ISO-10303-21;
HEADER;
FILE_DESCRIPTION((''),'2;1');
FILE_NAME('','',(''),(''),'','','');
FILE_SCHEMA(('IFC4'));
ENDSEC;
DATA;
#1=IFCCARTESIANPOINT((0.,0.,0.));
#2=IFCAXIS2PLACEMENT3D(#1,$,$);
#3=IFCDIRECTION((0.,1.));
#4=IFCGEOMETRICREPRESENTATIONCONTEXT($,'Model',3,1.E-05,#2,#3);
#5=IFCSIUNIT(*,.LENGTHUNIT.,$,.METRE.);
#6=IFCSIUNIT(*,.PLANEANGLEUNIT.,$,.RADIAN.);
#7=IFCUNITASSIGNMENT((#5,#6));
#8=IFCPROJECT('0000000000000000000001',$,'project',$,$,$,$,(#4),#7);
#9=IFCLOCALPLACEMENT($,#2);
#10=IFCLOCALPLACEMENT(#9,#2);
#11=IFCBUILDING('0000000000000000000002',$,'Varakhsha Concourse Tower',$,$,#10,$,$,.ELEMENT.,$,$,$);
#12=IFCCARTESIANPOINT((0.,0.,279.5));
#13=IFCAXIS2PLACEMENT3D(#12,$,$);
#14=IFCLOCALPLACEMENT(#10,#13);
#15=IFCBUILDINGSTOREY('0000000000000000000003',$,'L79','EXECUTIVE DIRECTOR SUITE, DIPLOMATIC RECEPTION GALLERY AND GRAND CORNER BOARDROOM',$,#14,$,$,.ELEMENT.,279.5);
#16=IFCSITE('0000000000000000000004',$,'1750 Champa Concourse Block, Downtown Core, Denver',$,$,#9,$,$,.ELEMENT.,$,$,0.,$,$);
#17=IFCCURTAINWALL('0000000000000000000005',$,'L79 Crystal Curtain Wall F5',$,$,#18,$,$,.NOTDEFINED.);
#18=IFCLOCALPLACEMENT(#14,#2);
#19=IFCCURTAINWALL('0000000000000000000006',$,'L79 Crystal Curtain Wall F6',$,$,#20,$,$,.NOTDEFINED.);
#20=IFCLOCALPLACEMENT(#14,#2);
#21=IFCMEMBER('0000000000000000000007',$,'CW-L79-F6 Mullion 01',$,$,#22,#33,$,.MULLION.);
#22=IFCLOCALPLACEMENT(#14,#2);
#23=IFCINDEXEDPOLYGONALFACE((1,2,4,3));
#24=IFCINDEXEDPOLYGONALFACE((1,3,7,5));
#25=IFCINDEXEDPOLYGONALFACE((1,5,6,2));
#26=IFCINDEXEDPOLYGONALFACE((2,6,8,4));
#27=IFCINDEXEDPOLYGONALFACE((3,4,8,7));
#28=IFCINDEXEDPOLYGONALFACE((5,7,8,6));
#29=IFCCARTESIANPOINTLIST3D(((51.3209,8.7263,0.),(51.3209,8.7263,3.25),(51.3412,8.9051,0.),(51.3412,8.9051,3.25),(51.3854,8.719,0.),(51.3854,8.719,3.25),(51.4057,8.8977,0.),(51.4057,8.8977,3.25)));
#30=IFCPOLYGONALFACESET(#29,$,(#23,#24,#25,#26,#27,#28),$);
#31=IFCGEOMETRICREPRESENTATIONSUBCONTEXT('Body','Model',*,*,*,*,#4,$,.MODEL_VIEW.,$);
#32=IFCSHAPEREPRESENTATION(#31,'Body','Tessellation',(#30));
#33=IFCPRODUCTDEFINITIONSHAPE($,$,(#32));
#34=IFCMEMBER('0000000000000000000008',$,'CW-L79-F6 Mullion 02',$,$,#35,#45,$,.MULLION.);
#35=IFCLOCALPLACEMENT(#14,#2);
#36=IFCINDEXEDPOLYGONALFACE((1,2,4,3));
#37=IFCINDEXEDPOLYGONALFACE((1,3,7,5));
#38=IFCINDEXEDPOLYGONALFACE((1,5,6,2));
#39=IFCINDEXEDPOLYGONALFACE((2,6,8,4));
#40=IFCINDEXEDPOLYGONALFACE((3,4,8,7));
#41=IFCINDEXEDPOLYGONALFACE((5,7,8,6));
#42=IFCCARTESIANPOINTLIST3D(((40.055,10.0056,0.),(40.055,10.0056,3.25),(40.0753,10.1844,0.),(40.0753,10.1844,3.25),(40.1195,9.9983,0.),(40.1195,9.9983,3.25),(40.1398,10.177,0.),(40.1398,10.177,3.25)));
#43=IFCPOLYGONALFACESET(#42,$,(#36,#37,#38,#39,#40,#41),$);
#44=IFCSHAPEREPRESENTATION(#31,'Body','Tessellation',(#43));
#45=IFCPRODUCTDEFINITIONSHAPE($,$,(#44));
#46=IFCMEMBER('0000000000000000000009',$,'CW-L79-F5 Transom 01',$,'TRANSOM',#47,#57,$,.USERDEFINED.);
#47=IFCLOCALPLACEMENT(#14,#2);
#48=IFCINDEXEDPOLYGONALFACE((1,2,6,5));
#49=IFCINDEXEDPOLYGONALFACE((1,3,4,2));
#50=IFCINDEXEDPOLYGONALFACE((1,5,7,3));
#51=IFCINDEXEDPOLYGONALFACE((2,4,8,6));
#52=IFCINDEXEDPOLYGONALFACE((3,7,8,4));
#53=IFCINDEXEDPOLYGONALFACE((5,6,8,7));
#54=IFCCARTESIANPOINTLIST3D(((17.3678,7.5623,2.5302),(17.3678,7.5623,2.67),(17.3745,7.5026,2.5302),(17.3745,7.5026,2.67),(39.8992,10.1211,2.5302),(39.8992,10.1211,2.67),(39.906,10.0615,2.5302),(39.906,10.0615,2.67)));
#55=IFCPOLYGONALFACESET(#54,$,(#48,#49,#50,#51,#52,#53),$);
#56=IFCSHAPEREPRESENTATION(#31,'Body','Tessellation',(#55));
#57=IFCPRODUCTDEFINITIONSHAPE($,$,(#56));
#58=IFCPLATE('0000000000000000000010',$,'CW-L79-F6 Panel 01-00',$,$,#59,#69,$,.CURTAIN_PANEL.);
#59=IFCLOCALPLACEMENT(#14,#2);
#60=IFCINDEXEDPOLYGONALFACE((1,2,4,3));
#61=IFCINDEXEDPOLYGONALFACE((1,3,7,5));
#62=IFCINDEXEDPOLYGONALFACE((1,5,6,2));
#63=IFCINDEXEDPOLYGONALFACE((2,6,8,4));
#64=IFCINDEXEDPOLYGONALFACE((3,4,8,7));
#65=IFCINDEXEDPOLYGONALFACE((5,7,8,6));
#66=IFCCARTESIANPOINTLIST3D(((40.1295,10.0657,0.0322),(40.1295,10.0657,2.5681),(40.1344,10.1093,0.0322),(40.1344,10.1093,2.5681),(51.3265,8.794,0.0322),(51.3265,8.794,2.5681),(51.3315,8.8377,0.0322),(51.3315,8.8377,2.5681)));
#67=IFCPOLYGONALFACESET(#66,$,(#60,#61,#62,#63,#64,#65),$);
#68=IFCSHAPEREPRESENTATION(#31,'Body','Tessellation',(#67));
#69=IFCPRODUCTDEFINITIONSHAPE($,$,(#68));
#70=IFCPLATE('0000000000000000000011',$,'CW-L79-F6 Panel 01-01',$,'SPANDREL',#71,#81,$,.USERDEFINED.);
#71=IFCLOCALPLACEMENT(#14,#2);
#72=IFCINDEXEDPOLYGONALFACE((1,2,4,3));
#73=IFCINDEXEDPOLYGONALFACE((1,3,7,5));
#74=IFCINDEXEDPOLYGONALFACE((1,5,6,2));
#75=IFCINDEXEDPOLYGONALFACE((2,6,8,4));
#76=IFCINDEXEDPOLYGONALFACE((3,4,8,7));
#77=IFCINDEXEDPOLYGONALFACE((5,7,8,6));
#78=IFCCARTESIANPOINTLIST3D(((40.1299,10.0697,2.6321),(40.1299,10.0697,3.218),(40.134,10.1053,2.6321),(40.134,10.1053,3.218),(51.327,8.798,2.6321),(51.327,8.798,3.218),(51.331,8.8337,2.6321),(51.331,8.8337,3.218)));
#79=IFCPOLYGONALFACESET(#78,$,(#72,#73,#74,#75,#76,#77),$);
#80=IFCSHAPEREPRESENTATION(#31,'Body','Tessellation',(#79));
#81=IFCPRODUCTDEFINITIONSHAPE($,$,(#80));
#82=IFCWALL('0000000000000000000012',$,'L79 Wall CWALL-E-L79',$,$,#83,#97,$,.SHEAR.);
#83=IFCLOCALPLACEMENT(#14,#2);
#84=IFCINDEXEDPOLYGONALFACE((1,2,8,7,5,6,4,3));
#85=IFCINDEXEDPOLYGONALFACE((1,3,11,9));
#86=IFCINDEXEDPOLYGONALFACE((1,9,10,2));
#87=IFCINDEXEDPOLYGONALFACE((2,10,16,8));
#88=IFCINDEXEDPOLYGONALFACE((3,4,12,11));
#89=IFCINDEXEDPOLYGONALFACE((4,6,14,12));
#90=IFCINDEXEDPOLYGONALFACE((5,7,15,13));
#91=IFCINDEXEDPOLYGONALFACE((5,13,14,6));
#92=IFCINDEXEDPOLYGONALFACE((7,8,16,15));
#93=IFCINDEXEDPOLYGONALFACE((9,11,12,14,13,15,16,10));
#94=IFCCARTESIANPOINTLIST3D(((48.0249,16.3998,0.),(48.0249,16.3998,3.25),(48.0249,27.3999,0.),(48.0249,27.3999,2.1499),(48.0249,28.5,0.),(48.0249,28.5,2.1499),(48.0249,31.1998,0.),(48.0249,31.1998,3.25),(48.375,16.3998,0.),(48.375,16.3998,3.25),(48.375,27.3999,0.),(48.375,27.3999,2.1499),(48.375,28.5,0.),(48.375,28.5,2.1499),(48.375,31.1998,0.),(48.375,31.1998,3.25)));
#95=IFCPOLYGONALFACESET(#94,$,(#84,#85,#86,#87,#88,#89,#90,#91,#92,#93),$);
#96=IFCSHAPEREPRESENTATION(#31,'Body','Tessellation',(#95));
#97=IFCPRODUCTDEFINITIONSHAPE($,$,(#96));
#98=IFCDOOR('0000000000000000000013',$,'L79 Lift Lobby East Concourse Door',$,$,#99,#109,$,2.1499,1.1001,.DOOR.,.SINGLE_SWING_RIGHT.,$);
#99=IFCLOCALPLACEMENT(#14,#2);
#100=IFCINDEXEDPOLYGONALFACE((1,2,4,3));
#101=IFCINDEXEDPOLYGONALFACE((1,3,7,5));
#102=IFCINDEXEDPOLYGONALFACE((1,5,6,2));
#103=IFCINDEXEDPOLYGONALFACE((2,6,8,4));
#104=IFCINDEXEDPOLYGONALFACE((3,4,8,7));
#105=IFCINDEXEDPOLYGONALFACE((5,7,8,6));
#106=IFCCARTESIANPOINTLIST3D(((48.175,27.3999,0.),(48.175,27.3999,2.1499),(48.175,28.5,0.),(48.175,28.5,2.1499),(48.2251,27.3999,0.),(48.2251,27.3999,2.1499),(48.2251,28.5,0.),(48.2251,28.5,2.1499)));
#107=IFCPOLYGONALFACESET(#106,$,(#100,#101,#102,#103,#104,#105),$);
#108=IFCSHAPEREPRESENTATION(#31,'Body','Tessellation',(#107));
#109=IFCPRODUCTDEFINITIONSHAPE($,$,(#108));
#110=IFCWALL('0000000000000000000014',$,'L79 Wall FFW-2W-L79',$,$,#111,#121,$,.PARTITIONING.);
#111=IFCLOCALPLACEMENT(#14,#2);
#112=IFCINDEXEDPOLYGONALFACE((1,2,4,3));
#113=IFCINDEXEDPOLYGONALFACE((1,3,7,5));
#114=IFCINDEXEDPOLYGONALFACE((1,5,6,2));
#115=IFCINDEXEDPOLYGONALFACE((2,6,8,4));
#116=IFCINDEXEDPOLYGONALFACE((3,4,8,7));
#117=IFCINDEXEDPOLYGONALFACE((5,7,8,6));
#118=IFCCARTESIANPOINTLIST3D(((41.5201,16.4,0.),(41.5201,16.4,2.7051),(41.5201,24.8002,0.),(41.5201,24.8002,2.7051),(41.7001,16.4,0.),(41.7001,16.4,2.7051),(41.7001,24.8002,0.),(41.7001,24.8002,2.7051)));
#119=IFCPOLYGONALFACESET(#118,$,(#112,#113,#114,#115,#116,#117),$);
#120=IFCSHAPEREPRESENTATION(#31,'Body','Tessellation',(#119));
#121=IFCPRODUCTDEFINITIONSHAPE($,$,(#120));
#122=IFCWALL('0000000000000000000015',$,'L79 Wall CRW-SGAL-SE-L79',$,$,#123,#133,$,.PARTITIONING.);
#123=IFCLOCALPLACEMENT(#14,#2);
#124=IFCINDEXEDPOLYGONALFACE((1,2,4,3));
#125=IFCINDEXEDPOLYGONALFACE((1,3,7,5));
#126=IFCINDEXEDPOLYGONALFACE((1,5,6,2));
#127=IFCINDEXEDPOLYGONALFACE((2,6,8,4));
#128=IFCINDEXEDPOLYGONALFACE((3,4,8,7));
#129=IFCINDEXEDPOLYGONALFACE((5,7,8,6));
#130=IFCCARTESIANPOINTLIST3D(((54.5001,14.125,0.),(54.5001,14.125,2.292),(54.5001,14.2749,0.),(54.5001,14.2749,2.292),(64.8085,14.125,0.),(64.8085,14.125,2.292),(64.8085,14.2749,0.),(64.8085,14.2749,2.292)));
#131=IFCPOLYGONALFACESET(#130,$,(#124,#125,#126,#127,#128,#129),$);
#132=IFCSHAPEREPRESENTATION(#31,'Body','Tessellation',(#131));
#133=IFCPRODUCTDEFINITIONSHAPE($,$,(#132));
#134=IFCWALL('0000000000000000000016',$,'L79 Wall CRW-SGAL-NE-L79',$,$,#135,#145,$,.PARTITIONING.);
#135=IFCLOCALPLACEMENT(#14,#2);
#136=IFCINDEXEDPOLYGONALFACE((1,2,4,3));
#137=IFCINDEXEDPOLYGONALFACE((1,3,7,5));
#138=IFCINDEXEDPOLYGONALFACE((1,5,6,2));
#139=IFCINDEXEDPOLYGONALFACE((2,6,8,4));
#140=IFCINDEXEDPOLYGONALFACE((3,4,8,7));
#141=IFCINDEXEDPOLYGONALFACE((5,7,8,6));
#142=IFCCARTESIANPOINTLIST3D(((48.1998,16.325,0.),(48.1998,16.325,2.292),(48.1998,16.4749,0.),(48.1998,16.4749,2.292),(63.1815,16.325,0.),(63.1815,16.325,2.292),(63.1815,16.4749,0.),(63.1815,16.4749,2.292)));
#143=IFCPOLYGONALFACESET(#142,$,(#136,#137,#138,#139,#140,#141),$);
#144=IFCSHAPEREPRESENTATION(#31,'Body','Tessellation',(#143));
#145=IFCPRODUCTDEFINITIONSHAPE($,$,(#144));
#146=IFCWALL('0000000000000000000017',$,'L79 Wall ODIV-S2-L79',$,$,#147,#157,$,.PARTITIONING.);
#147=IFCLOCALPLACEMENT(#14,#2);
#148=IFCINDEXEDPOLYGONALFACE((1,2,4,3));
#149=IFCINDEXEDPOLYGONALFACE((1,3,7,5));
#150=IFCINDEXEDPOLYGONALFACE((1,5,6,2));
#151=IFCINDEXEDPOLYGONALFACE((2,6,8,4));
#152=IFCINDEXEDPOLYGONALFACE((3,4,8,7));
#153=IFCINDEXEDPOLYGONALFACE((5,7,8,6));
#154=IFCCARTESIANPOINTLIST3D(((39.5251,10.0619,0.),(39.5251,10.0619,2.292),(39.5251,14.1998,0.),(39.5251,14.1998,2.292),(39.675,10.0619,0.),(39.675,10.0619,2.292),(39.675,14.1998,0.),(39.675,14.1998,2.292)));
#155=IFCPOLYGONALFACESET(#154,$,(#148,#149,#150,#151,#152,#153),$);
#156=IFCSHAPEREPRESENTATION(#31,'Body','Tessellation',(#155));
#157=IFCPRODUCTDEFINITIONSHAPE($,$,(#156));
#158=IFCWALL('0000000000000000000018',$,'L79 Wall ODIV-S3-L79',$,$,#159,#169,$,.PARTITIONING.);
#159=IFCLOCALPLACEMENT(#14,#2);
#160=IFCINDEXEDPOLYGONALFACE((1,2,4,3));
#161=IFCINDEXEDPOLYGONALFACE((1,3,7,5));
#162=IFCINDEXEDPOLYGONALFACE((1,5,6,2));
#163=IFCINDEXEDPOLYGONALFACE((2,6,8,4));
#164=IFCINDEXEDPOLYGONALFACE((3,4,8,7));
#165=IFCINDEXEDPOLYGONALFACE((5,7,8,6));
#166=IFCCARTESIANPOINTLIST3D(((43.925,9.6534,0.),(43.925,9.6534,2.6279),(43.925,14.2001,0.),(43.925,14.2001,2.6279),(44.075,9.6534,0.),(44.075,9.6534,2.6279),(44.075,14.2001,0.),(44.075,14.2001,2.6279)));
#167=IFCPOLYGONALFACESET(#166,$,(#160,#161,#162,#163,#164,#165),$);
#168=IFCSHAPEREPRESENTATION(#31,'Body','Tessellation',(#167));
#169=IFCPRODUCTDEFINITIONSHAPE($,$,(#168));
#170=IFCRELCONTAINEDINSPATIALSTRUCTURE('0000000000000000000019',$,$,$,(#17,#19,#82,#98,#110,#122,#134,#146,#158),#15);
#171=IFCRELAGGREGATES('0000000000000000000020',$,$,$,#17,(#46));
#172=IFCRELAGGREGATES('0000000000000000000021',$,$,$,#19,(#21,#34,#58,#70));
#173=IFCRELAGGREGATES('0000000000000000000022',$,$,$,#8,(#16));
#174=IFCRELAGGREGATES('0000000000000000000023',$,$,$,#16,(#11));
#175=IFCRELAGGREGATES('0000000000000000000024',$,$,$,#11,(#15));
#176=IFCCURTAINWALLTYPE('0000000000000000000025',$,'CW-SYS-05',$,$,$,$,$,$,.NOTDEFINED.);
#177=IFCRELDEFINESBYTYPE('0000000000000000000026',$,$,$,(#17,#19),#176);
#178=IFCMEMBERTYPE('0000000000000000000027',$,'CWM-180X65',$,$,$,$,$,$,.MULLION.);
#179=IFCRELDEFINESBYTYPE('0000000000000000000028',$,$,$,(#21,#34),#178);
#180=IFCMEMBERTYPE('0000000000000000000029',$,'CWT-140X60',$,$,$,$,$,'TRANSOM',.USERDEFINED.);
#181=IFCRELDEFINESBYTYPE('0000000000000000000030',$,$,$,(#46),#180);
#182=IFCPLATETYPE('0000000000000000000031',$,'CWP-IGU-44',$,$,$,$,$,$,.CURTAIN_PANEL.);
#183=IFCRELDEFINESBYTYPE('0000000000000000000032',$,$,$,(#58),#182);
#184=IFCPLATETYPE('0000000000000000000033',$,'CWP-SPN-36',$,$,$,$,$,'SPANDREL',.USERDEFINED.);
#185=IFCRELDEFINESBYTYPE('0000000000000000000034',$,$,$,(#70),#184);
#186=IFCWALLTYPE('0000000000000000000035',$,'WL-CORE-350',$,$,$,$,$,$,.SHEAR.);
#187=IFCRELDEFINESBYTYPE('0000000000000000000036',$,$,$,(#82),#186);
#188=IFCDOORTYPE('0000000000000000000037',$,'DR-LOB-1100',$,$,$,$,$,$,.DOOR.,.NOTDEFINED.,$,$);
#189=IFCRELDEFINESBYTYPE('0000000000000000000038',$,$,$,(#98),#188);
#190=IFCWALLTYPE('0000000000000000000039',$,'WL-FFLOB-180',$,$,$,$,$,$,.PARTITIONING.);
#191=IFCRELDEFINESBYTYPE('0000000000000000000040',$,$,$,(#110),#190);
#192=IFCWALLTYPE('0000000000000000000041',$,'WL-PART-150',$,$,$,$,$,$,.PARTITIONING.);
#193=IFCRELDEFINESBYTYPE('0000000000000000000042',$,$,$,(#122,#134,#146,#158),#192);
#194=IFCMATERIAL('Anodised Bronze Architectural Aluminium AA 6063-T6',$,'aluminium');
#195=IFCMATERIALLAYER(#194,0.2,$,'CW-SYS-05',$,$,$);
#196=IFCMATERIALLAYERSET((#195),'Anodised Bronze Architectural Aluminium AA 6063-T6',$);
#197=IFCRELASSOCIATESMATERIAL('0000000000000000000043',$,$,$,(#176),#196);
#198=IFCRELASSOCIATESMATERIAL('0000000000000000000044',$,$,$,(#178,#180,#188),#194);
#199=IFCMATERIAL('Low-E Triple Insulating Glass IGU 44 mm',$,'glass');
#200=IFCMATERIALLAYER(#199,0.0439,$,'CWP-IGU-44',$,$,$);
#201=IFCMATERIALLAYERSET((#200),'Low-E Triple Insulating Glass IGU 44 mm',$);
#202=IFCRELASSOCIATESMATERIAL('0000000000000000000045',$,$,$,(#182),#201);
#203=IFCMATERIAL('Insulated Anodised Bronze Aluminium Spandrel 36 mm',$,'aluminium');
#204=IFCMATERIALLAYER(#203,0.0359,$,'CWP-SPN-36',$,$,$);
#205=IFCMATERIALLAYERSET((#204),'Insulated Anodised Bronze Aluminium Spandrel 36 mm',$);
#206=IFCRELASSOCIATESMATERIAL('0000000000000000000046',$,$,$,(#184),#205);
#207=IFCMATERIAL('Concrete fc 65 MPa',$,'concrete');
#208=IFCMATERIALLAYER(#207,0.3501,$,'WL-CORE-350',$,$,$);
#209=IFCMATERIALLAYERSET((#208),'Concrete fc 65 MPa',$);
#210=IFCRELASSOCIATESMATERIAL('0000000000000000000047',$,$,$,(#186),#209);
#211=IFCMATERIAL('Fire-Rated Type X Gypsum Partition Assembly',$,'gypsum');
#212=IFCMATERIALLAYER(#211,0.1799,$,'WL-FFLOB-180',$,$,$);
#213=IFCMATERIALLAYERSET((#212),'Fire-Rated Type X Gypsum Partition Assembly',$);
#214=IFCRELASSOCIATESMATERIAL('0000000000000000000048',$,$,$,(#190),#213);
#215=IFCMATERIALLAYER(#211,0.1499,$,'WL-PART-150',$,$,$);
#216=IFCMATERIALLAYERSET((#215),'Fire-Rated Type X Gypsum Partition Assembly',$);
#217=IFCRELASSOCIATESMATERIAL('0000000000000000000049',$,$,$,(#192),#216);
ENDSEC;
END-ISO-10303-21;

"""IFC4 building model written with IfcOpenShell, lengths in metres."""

from ifc_helpers import new_model, si_unit, direction, frame, frame_2d, origin, origin_2d, place, context, subcontext, project, spatial, rectangle, extrude, source, transform, mapped, material, layer, layer_set, material_profile, profile_set, type_object, type_shapes, element, fill, aggregate, save


model = new_model("IFC4")

# Units and contexts
model_context = context("Model", 3, precision=1e-05, world=origin(), true_north=direction((0.0, 1.0)))
body_context = subcontext(model_context, "Body", "Model", "MODEL_VIEW")
ifc_project = project(units=[si_unit("LENGTHUNIT", "METRE"), si_unit("PLANEANGLEUNIT", "RADIAN")], contexts=[model_context])

# Site, building, storey
site_placement = place(None, origin())
site = spatial("IfcSite", under=ifc_project, at=site_placement, Name="1750 Champa Concourse Block, Downtown Core, Denver", CompositionType="ELEMENT", RefElevation=0.0)
building_placement = place(site_placement, origin())
building = spatial("IfcBuilding", under=site, at=building_placement, Name="Varakhsha Concourse Tower", CompositionType="ELEMENT")
storey_placement = place(building_placement, frame((0.0, 0.0, 279.5)))
storey = spatial("IfcBuildingStorey", under=building, at=storey_placement, Name="L79", Description="EXECUTIVE DIRECTOR SUITE, DIPLOMATIC RECEPTION GALLERY AND GRAND CORNER BOARDROOM", CompositionType="ELEMENT", Elevation=279.5)

# Shared definitions
ifc_material_1 = material(Name="Concrete fc 65 MPa", Category="concrete")

# Curtain wall
ifc_material_2 = material(Name="Anodised Bronze Architectural Aluminium AA 6063-T6", Category="aluminium")
ifc_layer_1 = layer(ifc_material_2, 0.2, Name="CW-SYS-05")
ifc_layer_set_1 = layer_set([ifc_layer_1], Name="Anodised Bronze Architectural Aluminium AA 6063-T6")
curtain_wall_type = type_object("IfcCurtainWallType", Name="CW-SYS-05", PredefinedType="NOTDEFINED", material=ifc_layer_set_1)
curtain_wall_1_placement = place(storey_placement, origin())
curtain_wall_1 = element("IfcCurtainWall", 1, at=curtain_wall_1_placement, inside=storey, type_object=curtain_wall_type, Name="L79 Crystal Curtain Wall F5", PredefinedType="NOTDEFINED")
ifc_material_profile_1 = material_profile(ifc_material_2, rectangle(XDim=0.0649, YDim=0.1799, at=origin_2d()), Name="CWM-180X65")
ifc_profile_set_1 = profile_set([ifc_material_profile_1], Name="Anodised Bronze Architectural Aluminium AA 6063-T6")
member_type_1 = type_object("IfcMemberType", Name="CWM-180X65", PredefinedType="MULLION", material=ifc_profile_set_1)
shared_shape_1 = source(origin(), body_context, "Body", "SweptSolid", [
    extrude(rectangle(XDim=0.0649, YDim=0.1799, at=origin_2d()), origin(), (0.0, 0.0, 1.0), 3.25),
])
type_shapes(member_type_1, [shared_shape_1])

# Curtain wall, members
curtain_wall_2_placement = place(storey_placement, origin())
curtain_wall_2 = element("IfcCurtainWall", 2, at=curtain_wall_2_placement, inside=storey, type_object=curtain_wall_type, Name="L79 Crystal Curtain Wall F6", PredefinedType="NOTDEFINED")
member_1_placement = place(storey_placement, frame((51.3633, 8.812, 0.0), z_axis=(0.0, 0.0, 1.0), x_axis=(-0.993613, 0.112844, 0.0)))
member_1 = element("IfcMember", 3, at=member_1_placement, type_object=member_type_1, Name="CW-L79-F6 Mullion 01", PredefinedType="MULLION", context=body_context, shape_type="MappedRepresentation", body=[
    mapped(shared_shape_1, transform((0.0, 0.0, 0.0), scale=1.0)),
])
member_2_placement = place(storey_placement, frame((40.0974, 10.0913, 0.0), z_axis=(0.0, 0.0, 1.0), x_axis=(-0.993613, 0.112844, 0.0)))
member_2 = element("IfcMember", 4, at=member_2_placement, type_object=member_type_1, Name="CW-L79-F6 Mullion 02", PredefinedType="MULLION", context=body_context, shape_type="MappedRepresentation", body=[
    mapped(shared_shape_1, transform((0.0, 0.0, 0.0), scale=1.0)),
])

# Member
ifc_material_profile_2 = material_profile(ifc_material_2, rectangle(XDim=0.0601, YDim=0.1399, at=origin_2d()), Name="CWT-140X60")
ifc_profile_set_2 = profile_set([ifc_material_profile_2], Name="Anodised Bronze Architectural Aluminium AA 6063-T6")
member_type_2 = type_object("IfcMemberType", Name="CWT-140X60", ElementType="TRANSOM", PredefinedType="USERDEFINED", material=ifc_profile_set_2)
shared_shape_2 = source(origin(), body_context, "Body", "SweptSolid", [
    extrude(rectangle(XDim=0.0601, YDim=0.1399, at=origin_2d()), origin(), (0.0, 0.0, 1.0), 22.6763),
])
type_shapes(member_type_2, [shared_shape_2])
member_3_placement = place(storey_placement, frame((39.9026, 10.0913, 2.6001), z_axis=(-0.993613, -0.112842, 0.0), x_axis=(0.112842, -0.993613, 0.0)))
member_3 = element("IfcMember", 5, at=member_3_placement, type_object=member_type_2, Name="CW-L79-F5 Transom 01", ObjectType="TRANSOM", PredefinedType="USERDEFINED", context=body_context, shape_type="MappedRepresentation", body=[
    mapped(shared_shape_2, transform((0.0, 0.0, 0.0), scale=1.0)),
])
aggregate(curtain_wall_1, [member_3])

# Plates
ifc_material_3 = material(Name="Low-E Triple Insulating Glass IGU 44 mm", Category="glass")
ifc_layer_2 = layer(ifc_material_3, 0.0439, Name="CWP-IGU-44")
ifc_layer_set_2 = layer_set([ifc_layer_2], Name="Low-E Triple Insulating Glass IGU 44 mm")
plate_type_1 = type_object("IfcPlateType", Name="CWP-IGU-44", PredefinedType="CURTAIN_PANEL", material=ifc_layer_set_2)
shared_shape_3 = source(origin(), body_context, "Body", "SweptSolid", [
    extrude(rectangle(XDim=11.269, YDim=0.0439, at=origin_2d()), origin(), (0.0, 0.0, 1.0), 2.5359),
])
type_shapes(plate_type_1, [shared_shape_3])
plate_1_placement = place(storey_placement, frame((45.7305, 9.4517, 0.0322), z_axis=(0.0, 0.0, 1.0), x_axis=(-0.993613, 0.112844, 0.0)))
plate_1 = element("IfcPlate", 6, at=plate_1_placement, type_object=plate_type_1, Name="CW-L79-F6 Panel 01-00", PredefinedType="CURTAIN_PANEL", context=body_context, shape_type="MappedRepresentation", body=[
    mapped(shared_shape_3, transform((0.0, 0.0, 0.0), scale=1.0)),
])
ifc_material_4 = material(Name="Insulated Anodised Bronze Aluminium Spandrel 36 mm", Category="aluminium")
ifc_layer_3 = layer(ifc_material_4, 0.0359, Name="CWP-SPN-36")
ifc_layer_set_3 = layer_set([ifc_layer_3], Name="Insulated Anodised Bronze Aluminium Spandrel 36 mm")
plate_type_2 = type_object("IfcPlateType", Name="CWP-SPN-36", ElementType="SPANDREL", PredefinedType="USERDEFINED", material=ifc_layer_set_3)
shared_shape_4 = source(origin(), body_context, "Body", "SweptSolid", [
    extrude(rectangle(XDim=11.269, YDim=0.0359, at=origin_2d()), origin(), (0.0, 0.0, 1.0), 0.5859),
])
type_shapes(plate_type_2, [shared_shape_4])
plate_2_placement = place(storey_placement, frame((45.7305, 9.4517, 2.6321), z_axis=(0.0, 0.0, 1.0), x_axis=(-0.993613, 0.112844, 0.0)))
plate_2 = element("IfcPlate", 7, at=plate_2_placement, type_object=plate_type_2, Name="CW-L79-F6 Panel 01-01", ObjectType="SPANDREL", PredefinedType="USERDEFINED", context=body_context, shape_type="MappedRepresentation", body=[
    mapped(shared_shape_4, transform((0.0, 0.0, 0.0), scale=1.0)),
])
aggregate(curtain_wall_2, [member_1, member_2, plate_1, plate_2])

# Wall, opening, door
ifc_layer_4 = layer(ifc_material_1, 0.3501, Name="WL-CORE-350")
ifc_layer_set_4 = layer_set([ifc_layer_4], Name="Concrete fc 65 MPa")
wall_type_1 = type_object("IfcWallType", Name="WL-CORE-350", PredefinedType="SHEAR", material=ifc_layer_set_4)
wall_1_placement = place(storey_placement, frame((48.2, 16.3999, 0.0), z_axis=(0.0, 0.0, 1.0), x_axis=(0.0, 1.0, 0.0)))
wall_1 = element("IfcWall", 8, at=wall_1_placement, inside=storey, type_object=wall_type_1, Name="L79 Wall CWALL-E-L79", PredefinedType="SHEAR", context=body_context, shape_type="SweptSolid", body=[
    extrude(rectangle(XDim=14.8, YDim=0.3501, at=frame_2d((7.3999, 0.0))), origin(), (0.0, 0.0, 1.0), 3.25),
])
opening_1_placement = place(wall_1_placement, frame((11.0, 0.0, 0.0)))
opening_1 = element("IfcOpeningElement", 9, at=opening_1_placement, cuts=wall_1, PredefinedType="OPENING", context=body_context, shape_type="SweptSolid", body=[
    extrude(rectangle(XDim=1.1001, YDim=2.1499, at=frame_2d((0.55, 1.075))), frame((0.0, 0.1851, 0.0), z_axis=(0.0, -1.0, 0.0), x_axis=(1.0, 0.0, 0.0)), (0.0, 0.0, 1.0), 0.3701),
])
door_type_1 = type_object("IfcDoorType", Name="DR-LOB-1100", OperationType="NOTDEFINED", PredefinedType="DOOR", material=ifc_material_2)
door_1_placement = place(opening_1_placement, origin())
door_1 = element("IfcDoor", 10, at=door_1_placement, inside=storey, type_object=door_type_1, Name="L79 Lift Lobby East Concourse Door", OperationType="SINGLE_SWING_RIGHT", OverallHeight=2.1499, OverallWidth=1.1001, PredefinedType="DOOR", context=body_context, shape_type="SweptSolid", body=[
    extrude(rectangle(XDim=1.1001, YDim=2.1499, at=frame_2d((0.55, 1.075))), frame((0.0, 0.0249, 0.0), z_axis=(0.0, -1.0, 0.0), x_axis=(1.0, 0.0, 0.0)), (0.0, 0.0, 1.0), 0.05),
])
fill(opening_1, door_1)

# Walls
ifc_material_5 = material(Name="Fire-Rated Type X Gypsum Partition Assembly", Category="gypsum")
ifc_layer_5 = layer(ifc_material_5, 0.1799, Name="WL-FFLOB-180")
ifc_layer_set_5 = layer_set([ifc_layer_5], Name="Fire-Rated Type X Gypsum Partition Assembly")
wall_type_2 = type_object("IfcWallType", Name="WL-FFLOB-180", PredefinedType="PARTITIONING", material=ifc_layer_set_5)
wall_2_placement = place(storey_placement, frame((41.6101, 16.3999, 0.0), z_axis=(0.0, 0.0, 1.0), x_axis=(0.0, 1.0, 0.0)))
element("IfcWall", 11, at=wall_2_placement, inside=storey, type_object=wall_type_2, Name="L79 Wall FFW-2W-L79", PredefinedType="PARTITIONING", context=body_context, shape_type="SweptSolid", body=[
    extrude(rectangle(XDim=8.4001, YDim=0.1799, at=frame_2d((4.2002, 0.0))), origin(), (0.0, 0.0, 1.0), 2.7051),
])
ifc_layer_6 = layer(ifc_material_5, 0.1499, Name="WL-PART-150")
ifc_layer_set_6 = layer_set([ifc_layer_6], Name="Fire-Rated Type X Gypsum Partition Assembly")
wall_type_3 = type_object("IfcWallType", Name="WL-PART-150", PredefinedType="PARTITIONING", material=ifc_layer_set_6)
wall_3_placement = place(storey_placement, frame((54.5, 14.2, 0.0), z_axis=(0.0, 0.0, 1.0), x_axis=(1.0, 0.0, 0.0)))
element("IfcWall", 12, at=wall_3_placement, inside=storey, type_object=wall_type_3, Name="L79 Wall CRW-SGAL-SE-L79", PredefinedType="PARTITIONING", context=body_context, shape_type="SweptSolid", body=[
    extrude(rectangle(XDim=10.3083, YDim=0.1499, at=frame_2d((5.1543, 0.0))), origin(), (0.0, 0.0, 1.0), 2.292),
])
wall_4_placement = place(storey_placement, frame((48.2, 16.3999, 0.0), z_axis=(0.0, 0.0, 1.0), x_axis=(1.0, 0.0, 0.0)))
element("IfcWall", 13, at=wall_4_placement, inside=storey, type_object=wall_type_3, Name="L79 Wall CRW-SGAL-NE-L79", PredefinedType="PARTITIONING", context=body_context, shape_type="SweptSolid", body=[
    extrude(rectangle(XDim=14.9817, YDim=0.1499, at=frame_2d((7.4907, 0.0))), origin(), (0.0, 0.0, 1.0), 2.292),
])
wall_5_placement = place(storey_placement, frame((39.6001, 10.062, 0.0), z_axis=(0.0, 0.0, 1.0), x_axis=(0.0, 1.0, 0.0)))
element("IfcWall", 14, at=wall_5_placement, inside=storey, type_object=wall_type_3, Name="L79 Wall ODIV-S2-L79", PredefinedType="PARTITIONING", context=body_context, shape_type="SweptSolid", body=[
    extrude(rectangle(XDim=4.1379, YDim=0.1499, at=frame_2d((2.0688, 0.0))), origin(), (0.0, 0.0, 1.0), 2.292),
])
wall_6_placement = place(storey_placement, frame((44.0, 9.6533, 0.0), z_axis=(0.0, 0.0, 1.0), x_axis=(0.0, 1.0, 0.0)))
element("IfcWall", 15, at=wall_6_placement, inside=storey, type_object=wall_type_3, Name="L79 Wall ODIV-S3-L79", PredefinedType="PARTITIONING", context=body_context, shape_type="SweptSolid", body=[
    extrude(rectangle(XDim=4.5466, YDim=0.1499, at=frame_2d((2.2734, 0.0))), origin(), (0.0, 0.0, 1.0), 2.6279),
])

save(model, "model.ifc")
